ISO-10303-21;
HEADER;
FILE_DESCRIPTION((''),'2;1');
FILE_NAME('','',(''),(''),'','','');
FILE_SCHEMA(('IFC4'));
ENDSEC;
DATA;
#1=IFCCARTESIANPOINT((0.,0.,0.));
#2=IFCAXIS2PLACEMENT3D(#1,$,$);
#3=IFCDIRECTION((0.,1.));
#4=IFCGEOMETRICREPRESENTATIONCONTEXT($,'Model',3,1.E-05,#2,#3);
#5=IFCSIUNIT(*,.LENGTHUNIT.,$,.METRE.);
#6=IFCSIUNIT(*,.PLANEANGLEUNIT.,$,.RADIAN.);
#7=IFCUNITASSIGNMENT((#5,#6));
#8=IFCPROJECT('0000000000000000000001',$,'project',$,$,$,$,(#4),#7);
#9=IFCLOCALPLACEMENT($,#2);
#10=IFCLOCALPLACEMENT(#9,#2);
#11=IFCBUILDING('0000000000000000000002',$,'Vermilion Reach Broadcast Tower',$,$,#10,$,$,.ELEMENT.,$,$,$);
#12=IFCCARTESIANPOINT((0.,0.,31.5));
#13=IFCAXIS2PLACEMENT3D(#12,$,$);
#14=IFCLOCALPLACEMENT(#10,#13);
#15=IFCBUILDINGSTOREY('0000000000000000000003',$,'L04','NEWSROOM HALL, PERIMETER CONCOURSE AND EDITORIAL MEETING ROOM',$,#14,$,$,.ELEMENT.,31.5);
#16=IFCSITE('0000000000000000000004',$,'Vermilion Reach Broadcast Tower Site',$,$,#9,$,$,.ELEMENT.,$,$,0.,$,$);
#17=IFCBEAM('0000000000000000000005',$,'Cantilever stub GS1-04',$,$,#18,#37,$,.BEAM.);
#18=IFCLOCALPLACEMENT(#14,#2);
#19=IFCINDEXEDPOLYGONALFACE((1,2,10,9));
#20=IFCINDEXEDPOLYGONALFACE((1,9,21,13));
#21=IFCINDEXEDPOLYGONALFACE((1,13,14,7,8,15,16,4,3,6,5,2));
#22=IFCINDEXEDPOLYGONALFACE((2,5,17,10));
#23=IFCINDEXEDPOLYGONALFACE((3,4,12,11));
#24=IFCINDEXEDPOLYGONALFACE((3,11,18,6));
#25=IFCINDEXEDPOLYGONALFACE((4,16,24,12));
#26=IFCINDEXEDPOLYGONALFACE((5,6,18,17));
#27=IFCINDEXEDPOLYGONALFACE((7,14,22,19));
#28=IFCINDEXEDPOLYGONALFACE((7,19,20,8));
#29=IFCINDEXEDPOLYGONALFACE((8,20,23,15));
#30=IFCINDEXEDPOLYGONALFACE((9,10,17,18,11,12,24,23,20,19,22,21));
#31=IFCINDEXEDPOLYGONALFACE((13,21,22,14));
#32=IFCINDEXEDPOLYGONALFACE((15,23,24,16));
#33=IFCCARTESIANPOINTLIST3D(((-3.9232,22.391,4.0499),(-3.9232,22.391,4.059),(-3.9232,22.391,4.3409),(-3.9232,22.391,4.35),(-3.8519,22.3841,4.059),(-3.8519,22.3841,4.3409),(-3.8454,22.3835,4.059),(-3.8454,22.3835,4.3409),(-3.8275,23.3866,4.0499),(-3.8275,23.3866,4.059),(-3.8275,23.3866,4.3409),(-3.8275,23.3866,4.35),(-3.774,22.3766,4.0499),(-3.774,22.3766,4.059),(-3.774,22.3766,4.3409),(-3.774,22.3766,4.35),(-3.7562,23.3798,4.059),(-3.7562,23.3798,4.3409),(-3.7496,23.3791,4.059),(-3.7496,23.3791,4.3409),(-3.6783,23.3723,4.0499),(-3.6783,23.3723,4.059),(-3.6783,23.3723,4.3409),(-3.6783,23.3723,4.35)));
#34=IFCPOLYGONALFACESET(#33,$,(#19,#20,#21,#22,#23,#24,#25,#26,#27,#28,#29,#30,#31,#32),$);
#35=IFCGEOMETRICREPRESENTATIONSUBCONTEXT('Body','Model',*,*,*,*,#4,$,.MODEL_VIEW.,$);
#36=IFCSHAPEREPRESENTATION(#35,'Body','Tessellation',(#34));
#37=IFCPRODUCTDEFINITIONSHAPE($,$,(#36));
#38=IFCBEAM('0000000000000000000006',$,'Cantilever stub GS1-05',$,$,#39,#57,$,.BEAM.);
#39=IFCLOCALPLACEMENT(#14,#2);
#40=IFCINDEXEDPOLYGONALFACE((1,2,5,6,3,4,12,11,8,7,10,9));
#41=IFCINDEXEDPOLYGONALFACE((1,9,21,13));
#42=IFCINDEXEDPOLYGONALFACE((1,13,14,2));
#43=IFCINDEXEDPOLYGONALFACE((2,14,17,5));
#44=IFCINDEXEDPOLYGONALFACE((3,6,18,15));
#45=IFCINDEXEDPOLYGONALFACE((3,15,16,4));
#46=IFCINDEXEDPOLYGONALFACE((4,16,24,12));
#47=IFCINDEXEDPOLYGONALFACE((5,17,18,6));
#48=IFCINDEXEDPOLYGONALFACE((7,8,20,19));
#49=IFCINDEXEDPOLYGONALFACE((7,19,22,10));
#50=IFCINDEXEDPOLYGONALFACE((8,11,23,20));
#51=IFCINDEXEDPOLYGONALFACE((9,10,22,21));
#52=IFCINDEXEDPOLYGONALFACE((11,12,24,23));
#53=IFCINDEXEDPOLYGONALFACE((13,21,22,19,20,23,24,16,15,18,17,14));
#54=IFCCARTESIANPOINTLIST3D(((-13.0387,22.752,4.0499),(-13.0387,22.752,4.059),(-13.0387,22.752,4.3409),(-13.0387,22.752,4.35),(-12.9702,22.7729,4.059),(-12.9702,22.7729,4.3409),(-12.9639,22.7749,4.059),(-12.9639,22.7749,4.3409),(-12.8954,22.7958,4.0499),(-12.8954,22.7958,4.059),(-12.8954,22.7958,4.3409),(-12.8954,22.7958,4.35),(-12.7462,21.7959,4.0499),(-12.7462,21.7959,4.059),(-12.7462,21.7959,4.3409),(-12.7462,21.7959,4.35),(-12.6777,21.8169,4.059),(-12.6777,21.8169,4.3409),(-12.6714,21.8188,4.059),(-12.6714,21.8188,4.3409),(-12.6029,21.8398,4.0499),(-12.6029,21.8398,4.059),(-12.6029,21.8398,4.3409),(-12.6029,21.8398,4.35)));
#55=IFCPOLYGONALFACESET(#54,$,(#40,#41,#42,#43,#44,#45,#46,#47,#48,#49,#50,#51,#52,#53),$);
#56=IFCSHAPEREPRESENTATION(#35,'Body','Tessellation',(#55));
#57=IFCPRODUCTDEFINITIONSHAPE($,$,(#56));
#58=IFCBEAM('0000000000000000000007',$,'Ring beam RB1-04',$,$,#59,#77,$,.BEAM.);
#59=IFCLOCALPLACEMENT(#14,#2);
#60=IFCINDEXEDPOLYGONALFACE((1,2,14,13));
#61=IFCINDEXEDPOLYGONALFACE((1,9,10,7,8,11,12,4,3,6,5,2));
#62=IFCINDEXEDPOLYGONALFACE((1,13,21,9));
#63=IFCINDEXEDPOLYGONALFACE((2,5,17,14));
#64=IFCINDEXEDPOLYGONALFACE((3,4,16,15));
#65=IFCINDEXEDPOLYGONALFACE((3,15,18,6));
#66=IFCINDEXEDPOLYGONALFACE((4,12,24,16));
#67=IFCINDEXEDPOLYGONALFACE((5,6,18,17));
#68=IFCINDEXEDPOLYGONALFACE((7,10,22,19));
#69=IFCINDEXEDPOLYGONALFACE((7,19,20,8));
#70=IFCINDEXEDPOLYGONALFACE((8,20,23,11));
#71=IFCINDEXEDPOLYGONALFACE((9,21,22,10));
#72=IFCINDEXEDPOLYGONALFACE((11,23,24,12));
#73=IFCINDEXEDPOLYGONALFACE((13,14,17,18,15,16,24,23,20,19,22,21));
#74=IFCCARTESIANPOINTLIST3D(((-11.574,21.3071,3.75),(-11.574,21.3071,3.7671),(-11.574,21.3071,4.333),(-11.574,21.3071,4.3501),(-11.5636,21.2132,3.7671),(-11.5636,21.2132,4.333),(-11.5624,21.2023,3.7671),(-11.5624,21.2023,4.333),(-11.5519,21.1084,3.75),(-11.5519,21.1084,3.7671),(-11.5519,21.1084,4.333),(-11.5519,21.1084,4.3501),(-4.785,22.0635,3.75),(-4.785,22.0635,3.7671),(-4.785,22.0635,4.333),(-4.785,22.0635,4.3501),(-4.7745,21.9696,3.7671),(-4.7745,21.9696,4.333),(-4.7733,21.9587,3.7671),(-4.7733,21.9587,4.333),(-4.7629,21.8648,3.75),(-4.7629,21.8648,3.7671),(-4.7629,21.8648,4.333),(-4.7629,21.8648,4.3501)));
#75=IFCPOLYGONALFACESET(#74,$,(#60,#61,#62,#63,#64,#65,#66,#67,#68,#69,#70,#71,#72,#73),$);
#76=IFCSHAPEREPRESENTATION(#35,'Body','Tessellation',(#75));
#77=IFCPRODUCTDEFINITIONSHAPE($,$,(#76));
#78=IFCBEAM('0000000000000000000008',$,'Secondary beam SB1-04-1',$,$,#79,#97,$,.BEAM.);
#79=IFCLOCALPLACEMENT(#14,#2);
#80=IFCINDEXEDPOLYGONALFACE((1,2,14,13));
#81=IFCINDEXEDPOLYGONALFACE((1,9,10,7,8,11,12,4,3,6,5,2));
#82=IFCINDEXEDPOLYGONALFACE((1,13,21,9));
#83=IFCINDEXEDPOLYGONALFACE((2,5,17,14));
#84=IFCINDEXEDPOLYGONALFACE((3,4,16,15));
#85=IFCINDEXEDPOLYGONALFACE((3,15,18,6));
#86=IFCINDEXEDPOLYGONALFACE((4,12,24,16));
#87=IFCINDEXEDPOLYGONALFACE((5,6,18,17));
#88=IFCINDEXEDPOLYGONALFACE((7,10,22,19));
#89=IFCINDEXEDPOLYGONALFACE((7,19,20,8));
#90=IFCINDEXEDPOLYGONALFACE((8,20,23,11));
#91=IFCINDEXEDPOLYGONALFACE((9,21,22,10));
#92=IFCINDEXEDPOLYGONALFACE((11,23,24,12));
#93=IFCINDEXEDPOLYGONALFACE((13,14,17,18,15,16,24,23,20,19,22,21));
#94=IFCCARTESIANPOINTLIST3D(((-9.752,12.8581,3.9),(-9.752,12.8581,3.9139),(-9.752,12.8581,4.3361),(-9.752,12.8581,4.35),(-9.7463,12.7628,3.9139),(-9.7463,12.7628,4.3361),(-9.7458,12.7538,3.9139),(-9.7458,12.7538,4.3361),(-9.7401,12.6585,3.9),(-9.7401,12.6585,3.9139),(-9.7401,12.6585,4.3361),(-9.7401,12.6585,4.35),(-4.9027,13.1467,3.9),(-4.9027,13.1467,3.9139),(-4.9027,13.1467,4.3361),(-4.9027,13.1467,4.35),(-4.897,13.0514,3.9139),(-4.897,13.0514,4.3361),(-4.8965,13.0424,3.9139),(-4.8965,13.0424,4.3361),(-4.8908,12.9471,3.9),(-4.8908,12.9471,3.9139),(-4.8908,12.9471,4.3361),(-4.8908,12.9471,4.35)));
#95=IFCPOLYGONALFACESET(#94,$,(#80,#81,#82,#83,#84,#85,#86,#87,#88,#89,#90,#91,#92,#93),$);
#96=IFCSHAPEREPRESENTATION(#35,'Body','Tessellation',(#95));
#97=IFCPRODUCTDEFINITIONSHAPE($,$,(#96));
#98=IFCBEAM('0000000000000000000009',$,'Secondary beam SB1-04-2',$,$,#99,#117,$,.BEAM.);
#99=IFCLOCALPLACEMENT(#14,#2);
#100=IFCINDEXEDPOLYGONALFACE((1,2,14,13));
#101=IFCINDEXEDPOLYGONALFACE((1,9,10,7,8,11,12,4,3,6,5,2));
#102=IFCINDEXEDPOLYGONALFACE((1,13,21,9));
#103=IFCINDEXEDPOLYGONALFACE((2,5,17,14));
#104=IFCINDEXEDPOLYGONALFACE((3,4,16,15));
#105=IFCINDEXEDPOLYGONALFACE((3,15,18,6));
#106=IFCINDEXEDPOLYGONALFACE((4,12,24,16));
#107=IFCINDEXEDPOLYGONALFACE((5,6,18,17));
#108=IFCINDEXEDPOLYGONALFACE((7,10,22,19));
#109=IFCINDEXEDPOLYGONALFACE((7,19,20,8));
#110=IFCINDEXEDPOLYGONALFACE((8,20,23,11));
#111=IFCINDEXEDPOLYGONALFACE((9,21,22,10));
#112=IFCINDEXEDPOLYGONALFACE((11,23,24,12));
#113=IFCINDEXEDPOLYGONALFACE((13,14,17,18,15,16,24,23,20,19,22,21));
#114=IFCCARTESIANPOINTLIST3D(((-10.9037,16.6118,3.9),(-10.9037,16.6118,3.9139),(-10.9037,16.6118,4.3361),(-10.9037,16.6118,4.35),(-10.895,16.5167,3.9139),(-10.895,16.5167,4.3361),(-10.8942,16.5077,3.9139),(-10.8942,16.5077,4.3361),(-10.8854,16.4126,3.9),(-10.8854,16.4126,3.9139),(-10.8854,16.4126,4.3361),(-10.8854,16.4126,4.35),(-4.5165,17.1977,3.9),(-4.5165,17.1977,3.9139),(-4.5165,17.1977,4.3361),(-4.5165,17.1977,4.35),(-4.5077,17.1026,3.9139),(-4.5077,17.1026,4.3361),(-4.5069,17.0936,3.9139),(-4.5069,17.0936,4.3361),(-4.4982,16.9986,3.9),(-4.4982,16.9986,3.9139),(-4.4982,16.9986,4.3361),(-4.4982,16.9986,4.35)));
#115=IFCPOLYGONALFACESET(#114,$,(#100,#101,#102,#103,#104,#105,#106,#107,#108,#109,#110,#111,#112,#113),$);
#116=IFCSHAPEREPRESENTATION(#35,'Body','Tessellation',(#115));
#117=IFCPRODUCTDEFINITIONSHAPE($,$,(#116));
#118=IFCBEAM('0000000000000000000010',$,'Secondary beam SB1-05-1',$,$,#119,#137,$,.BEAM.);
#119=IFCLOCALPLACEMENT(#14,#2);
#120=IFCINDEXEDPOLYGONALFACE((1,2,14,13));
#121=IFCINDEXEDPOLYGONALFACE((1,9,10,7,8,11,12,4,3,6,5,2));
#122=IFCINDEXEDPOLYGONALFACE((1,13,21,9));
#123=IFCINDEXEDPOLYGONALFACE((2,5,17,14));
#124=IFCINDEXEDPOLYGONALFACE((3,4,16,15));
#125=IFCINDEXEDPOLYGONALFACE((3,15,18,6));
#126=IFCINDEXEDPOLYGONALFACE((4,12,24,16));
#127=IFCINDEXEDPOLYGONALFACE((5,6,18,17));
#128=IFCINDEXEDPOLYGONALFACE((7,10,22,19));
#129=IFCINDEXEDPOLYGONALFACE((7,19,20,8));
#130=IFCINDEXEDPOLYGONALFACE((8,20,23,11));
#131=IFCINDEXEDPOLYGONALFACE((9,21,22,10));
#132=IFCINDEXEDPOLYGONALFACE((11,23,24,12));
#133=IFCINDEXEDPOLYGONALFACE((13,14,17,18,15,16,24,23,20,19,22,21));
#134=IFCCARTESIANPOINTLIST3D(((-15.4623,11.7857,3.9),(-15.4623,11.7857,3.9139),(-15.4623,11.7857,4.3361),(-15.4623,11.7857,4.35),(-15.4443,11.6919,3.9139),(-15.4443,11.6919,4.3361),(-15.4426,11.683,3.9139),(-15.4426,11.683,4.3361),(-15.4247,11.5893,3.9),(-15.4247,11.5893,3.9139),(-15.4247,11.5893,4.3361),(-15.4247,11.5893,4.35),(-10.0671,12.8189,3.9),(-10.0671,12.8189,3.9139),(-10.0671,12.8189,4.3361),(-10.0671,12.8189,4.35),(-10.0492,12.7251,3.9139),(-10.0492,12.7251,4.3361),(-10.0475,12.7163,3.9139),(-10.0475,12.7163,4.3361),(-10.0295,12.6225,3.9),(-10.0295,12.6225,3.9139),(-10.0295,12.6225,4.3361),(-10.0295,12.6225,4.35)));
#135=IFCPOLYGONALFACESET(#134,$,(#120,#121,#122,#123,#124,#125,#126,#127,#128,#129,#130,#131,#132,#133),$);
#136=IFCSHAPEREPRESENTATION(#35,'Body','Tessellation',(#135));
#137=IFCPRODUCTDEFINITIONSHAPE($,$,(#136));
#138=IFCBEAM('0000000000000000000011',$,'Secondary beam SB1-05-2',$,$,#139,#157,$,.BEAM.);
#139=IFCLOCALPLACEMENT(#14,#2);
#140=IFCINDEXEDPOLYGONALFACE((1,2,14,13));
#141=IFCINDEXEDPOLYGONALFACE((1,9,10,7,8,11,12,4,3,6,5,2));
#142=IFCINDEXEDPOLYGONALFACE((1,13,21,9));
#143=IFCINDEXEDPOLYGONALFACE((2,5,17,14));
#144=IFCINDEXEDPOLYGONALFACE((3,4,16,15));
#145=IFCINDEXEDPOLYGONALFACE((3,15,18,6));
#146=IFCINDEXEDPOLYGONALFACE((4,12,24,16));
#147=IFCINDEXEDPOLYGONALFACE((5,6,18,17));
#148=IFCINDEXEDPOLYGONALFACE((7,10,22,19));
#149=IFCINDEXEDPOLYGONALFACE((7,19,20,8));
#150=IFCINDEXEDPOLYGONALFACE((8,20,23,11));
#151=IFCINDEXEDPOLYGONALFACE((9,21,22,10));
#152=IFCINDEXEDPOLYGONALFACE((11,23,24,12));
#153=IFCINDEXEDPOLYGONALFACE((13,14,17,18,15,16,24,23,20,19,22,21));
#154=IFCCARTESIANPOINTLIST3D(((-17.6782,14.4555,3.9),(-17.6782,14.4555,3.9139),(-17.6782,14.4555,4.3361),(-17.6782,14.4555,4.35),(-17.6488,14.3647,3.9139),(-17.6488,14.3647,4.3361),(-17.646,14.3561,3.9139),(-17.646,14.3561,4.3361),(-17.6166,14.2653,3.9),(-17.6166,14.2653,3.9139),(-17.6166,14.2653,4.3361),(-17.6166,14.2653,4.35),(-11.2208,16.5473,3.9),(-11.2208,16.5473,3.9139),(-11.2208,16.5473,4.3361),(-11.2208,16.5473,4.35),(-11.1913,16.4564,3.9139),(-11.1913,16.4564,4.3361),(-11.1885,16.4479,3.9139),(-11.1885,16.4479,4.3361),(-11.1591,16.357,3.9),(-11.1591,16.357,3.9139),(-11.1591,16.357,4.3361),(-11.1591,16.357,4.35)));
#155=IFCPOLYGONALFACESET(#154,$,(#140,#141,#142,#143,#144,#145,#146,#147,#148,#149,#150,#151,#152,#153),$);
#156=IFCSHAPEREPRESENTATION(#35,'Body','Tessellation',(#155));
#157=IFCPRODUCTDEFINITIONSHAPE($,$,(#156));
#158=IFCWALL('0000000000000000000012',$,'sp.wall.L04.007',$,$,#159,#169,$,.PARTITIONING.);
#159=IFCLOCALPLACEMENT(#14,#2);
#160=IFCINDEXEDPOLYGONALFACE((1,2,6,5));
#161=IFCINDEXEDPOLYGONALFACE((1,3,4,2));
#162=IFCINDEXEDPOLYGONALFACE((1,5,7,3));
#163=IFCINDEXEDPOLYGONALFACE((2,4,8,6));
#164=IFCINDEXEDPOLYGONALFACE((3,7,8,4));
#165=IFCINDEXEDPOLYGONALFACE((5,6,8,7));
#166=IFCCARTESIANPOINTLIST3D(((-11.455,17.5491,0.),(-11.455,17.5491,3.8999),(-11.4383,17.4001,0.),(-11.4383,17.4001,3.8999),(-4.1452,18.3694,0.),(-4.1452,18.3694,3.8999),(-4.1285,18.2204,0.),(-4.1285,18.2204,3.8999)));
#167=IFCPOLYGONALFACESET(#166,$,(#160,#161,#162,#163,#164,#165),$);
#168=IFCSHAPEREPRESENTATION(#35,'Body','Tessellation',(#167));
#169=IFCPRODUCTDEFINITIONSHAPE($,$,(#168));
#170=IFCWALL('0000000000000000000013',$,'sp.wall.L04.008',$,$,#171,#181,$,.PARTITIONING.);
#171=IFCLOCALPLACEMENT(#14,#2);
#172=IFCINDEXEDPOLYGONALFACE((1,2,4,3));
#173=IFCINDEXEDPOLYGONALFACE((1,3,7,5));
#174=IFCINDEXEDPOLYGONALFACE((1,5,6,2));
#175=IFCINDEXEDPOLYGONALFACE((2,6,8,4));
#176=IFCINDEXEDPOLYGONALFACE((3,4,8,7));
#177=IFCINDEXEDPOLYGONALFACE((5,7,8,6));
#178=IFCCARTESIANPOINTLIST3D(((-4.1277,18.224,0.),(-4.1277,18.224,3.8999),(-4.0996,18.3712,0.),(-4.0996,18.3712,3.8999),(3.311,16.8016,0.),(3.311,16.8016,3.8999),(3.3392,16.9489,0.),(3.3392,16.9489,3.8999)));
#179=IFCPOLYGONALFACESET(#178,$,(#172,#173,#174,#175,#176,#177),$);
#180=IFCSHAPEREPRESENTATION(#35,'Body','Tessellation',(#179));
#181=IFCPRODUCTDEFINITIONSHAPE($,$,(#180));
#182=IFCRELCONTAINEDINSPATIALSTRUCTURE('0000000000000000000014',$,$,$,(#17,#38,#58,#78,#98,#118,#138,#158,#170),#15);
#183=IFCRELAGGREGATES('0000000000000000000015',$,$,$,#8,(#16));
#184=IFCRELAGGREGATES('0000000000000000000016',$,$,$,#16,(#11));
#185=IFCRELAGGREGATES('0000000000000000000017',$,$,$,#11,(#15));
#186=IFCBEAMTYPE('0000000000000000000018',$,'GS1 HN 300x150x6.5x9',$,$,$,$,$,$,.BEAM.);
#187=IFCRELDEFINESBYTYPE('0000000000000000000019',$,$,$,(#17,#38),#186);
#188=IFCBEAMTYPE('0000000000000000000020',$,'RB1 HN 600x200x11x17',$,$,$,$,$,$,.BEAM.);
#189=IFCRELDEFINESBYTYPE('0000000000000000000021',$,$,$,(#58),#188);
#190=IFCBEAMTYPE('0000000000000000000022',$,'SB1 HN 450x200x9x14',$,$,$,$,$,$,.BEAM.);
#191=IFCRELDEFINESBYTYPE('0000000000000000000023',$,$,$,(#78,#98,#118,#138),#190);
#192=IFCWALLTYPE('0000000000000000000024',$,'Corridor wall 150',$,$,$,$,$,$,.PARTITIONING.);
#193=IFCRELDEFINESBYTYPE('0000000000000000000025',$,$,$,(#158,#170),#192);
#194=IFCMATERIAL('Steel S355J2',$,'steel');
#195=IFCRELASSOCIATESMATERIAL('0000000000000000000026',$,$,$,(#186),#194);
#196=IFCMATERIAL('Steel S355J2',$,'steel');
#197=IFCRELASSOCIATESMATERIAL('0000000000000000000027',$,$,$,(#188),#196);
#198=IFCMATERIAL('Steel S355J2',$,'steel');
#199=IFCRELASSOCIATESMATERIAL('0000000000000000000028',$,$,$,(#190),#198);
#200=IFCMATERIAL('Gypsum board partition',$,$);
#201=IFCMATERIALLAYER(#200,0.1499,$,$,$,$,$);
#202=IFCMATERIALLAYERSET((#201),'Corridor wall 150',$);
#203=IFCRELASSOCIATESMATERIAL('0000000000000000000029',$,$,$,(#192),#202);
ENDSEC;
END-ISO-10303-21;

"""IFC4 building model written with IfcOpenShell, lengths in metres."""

from ifc_helpers import new_model, si_unit, direction, frame, frame_2d, origin, origin_2d, place, context, subcontext, project, spatial, rectangle, i_section, extrude, material, layer, layer_set, material_profile, profile_set, type_object, element, save


model = new_model("IFC4")

# Units and contexts
model_context = context("Model", 3, precision=1e-05, world=origin(), true_north=direction((0.0, 1.0)))
body_context = subcontext(model_context, "Body", "Model", "MODEL_VIEW")
ifc_project = project(units=[si_unit("LENGTHUNIT", "METRE"), si_unit("PLANEANGLEUNIT", "RADIAN")], contexts=[model_context])

# Site, building, storey
site_placement = place(None, origin())
site = spatial("IfcSite", under=ifc_project, at=site_placement, Name="Vermilion Reach Broadcast Tower Site", CompositionType="ELEMENT", RefElevation=0.0)
building_placement = place(site_placement, origin())
building = spatial("IfcBuilding", under=site, at=building_placement, Name="Vermilion Reach Broadcast Tower", CompositionType="ELEMENT")
storey_placement = place(building_placement, frame((0.0, 0.0, 31.5)))
storey = spatial("IfcBuildingStorey", under=building, at=storey_placement, Name="L04", Description="NEWSROOM HALL, PERIMETER CONCOURSE AND EDITORIAL MEETING ROOM", CompositionType="ELEMENT", Elevation=31.5)

# Beams
ifc_material_1 = material(Name="Steel S355J2", Category="steel")
ifc_material_profile_1 = material_profile(ifc_material_1, i_section(OverallWidth=0.1499, OverallDepth=0.3, WebThickness=0.0066, FlangeThickness=0.009, at=origin_2d()), Name="S355J2 HN 300x150x6.5x9")
ifc_profile_set_1 = profile_set([ifc_material_profile_1], Name="Steel S355J2")
beam_type_1 = type_object("IfcBeamType", Name="GS1 HN 300x150x6.5x9", PredefinedType="BEAM", material=ifc_profile_set_1)
beam_1_placement = place(storey_placement, frame((-3.8486, 22.3838, 4.2), z_axis=(0.095685, 0.995412, 0.0), x_axis=(-0.995412, 0.095685, 0.0)))
element("IfcBeam", 1, at=beam_1_placement, inside=storey, type_object=beam_type_1, Name="Cantilever stub GS1-04", PredefinedType="BEAM", context=body_context, shape_type="SweptSolid", body=[
    extrude(i_section(OverallWidth=0.1499, OverallDepth=0.3, WebThickness=0.0066, FlangeThickness=0.009, at=origin_2d()), origin(), (0.0, 0.0, 1.0), 1.0002),
])
beam_2_placement = place(storey_placement, frame((-12.6746, 21.8179, 4.2), z_axis=(-0.292541, 0.956253, 0.0), x_axis=(-0.956253, -0.292541, 0.0)))
element("IfcBeam", 2, at=beam_2_placement, inside=storey, type_object=beam_type_1, Name="Cantilever stub GS1-05", PredefinedType="BEAM", context=body_context, shape_type="SweptSolid", body=[
    extrude(i_section(OverallWidth=0.1499, OverallDepth=0.3, WebThickness=0.0066, FlangeThickness=0.009, at=origin_2d()), origin(), (0.0, 0.0, 1.0), 0.9998),
])
ifc_material_2 = material(Name="Steel S355J2", Category="steel")
ifc_material_profile_2 = material_profile(ifc_material_2, i_section(OverallWidth=0.2, OverallDepth=0.6001, WebThickness=0.011, FlangeThickness=0.0171, at=origin_2d()), Name="S355J2 HN 600x200x11x17")
ifc_profile_set_2 = profile_set([ifc_material_profile_2], Name="Steel S355J2")
beam_type_2 = type_object("IfcBeamType", Name="RB1 HN 600x200x11x17", PredefinedType="BEAM", material=ifc_profile_set_2)
beam_3_placement = place(storey_placement, frame((-4.7739, 21.9641, 4.05), z_axis=(-0.993851, -0.110722, 0.0), x_axis=(0.110722, -0.993851, 0.0)))
element("IfcBeam", 3, at=beam_3_placement, inside=storey, type_object=beam_type_2, Name="Ring beam RB1-04", PredefinedType="BEAM", context=body_context, shape_type="SweptSolid", body=[
    extrude(i_section(OverallWidth=0.2, OverallDepth=0.6001, WebThickness=0.011, FlangeThickness=0.0171, at=origin_2d()), origin(), (0.0, 0.0, 1.0), 6.8311),
])
ifc_material_3 = material(Name="Steel S355J2", Category="steel")
ifc_material_profile_3 = material_profile(ifc_material_3, i_section(OverallWidth=0.2, OverallDepth=0.45, WebThickness=0.009, FlangeThickness=0.0139, at=origin_2d()), Name="S355J2 HN 450x200x9x14")
ifc_profile_set_3 = profile_set([ifc_material_profile_3], Name="Steel S355J2")
beam_type_3 = type_object("IfcBeamType", Name="SB1 HN 450x200x9x14", PredefinedType="BEAM", material=ifc_profile_set_3)
beam_4_placement = place(storey_placement, frame((-4.8967, 13.0469, 4.125), z_axis=(-0.998234, -0.059403, 0.0), x_axis=(0.059403, -0.998234, 0.0)))
element("IfcBeam", 4, at=beam_4_placement, inside=storey, type_object=beam_type_3, Name="Secondary beam SB1-04-1", PredefinedType="BEAM", context=body_context, shape_type="SweptSolid", body=[
    extrude(i_section(OverallWidth=0.2, OverallDepth=0.45, WebThickness=0.009, FlangeThickness=0.0139, at=origin_2d()), origin(), (0.0, 0.0, 1.0), 4.8579),
])
beam_5_placement = place(storey_placement, frame((-4.5073, 17.0981, 4.125), z_axis=(-0.995819, -0.091353, 0.0), x_axis=(0.091353, -0.995819, 0.0)))
element("IfcBeam", 5, at=beam_5_placement, inside=storey, type_object=beam_type_3, Name="Secondary beam SB1-04-2", PredefinedType="BEAM", context=body_context, shape_type="SweptSolid", body=[
    extrude(i_section(OverallWidth=0.2, OverallDepth=0.45, WebThickness=0.009, FlangeThickness=0.0139, at=origin_2d()), origin(), (0.0, 0.0, 1.0), 6.4141),
])
beam_6_placement = place(storey_placement, frame((-10.0483, 12.7207, 4.125), z_axis=(-0.982151, -0.188092, 0.0), x_axis=(0.188092, -0.982151, 0.0)))
element("IfcBeam", 6, at=beam_6_placement, inside=storey, type_object=beam_type_3, Name="Secondary beam SB1-05-1", PredefinedType="BEAM", context=body_context, shape_type="SweptSolid", body=[
    extrude(i_section(OverallWidth=0.2, OverallDepth=0.45, WebThickness=0.009, FlangeThickness=0.0139, at=origin_2d()), origin(), (0.0, 0.0, 1.0), 5.4932),
])
beam_7_placement = place(storey_placement, frame((-11.1899, 16.4521, 4.125), z_axis=(-0.951332, -0.308167, 0.0), x_axis=(0.308167, -0.951332, 0.0)))
element("IfcBeam", 7, at=beam_7_placement, inside=storey, type_object=beam_type_3, Name="Secondary beam SB1-05-2", PredefinedType="BEAM", context=body_context, shape_type="SweptSolid", body=[
    extrude(i_section(OverallWidth=0.2, OverallDepth=0.45, WebThickness=0.009, FlangeThickness=0.0139, at=origin_2d()), origin(), (0.0, 0.0, 1.0), 6.7878),
])

# Shared definitions
ifc_material_4 = material(Name="Gypsum board partition")
ifc_layer_1 = layer(ifc_material_4, 0.1499)
ifc_layer_set_1 = layer_set([ifc_layer_1], Name="Corridor wall 150")
wall_type_1 = type_object("IfcWallType", Name="Corridor wall 150", PredefinedType="PARTITIONING", material=ifc_layer_set_1)

# Walls
wall_1_placement = place(storey_placement, frame((-11.4465, 17.4746, 0.0), z_axis=(0.0, 0.0, 1.0), x_axis=(0.993762, 0.111521, 0.0)))
element("IfcWall", 8, at=wall_1_placement, inside=storey, type_object=wall_type_1, Name="sp.wall.L04.007", PredefinedType="PARTITIONING", context=body_context, shape_type="SweptSolid", body=[
    extrude(rectangle(XDim=7.3557, YDim=0.1499, at=frame_2d((3.6777, 0.0))), origin(), (0.0, 0.0, 1.0), 3.8999),
])
wall_2_placement = place(storey_placement, frame((-4.1135, 18.2976, 0.0), z_axis=(0.0, 0.0, 1.0), x_axis=(0.982206, -0.187808, 0.0)))
element("IfcWall", 9, at=wall_2_placement, inside=storey, type_object=wall_type_1, Name="sp.wall.L04.008", PredefinedType="PARTITIONING", context=body_context, shape_type="SweptSolid", body=[
    extrude(rectangle(XDim=7.5735, YDim=0.1499, at=frame_2d((3.7866, 0.0))), origin(), (0.0, 0.0, 1.0), 3.8999),
])

save(model, "model.ifc")
